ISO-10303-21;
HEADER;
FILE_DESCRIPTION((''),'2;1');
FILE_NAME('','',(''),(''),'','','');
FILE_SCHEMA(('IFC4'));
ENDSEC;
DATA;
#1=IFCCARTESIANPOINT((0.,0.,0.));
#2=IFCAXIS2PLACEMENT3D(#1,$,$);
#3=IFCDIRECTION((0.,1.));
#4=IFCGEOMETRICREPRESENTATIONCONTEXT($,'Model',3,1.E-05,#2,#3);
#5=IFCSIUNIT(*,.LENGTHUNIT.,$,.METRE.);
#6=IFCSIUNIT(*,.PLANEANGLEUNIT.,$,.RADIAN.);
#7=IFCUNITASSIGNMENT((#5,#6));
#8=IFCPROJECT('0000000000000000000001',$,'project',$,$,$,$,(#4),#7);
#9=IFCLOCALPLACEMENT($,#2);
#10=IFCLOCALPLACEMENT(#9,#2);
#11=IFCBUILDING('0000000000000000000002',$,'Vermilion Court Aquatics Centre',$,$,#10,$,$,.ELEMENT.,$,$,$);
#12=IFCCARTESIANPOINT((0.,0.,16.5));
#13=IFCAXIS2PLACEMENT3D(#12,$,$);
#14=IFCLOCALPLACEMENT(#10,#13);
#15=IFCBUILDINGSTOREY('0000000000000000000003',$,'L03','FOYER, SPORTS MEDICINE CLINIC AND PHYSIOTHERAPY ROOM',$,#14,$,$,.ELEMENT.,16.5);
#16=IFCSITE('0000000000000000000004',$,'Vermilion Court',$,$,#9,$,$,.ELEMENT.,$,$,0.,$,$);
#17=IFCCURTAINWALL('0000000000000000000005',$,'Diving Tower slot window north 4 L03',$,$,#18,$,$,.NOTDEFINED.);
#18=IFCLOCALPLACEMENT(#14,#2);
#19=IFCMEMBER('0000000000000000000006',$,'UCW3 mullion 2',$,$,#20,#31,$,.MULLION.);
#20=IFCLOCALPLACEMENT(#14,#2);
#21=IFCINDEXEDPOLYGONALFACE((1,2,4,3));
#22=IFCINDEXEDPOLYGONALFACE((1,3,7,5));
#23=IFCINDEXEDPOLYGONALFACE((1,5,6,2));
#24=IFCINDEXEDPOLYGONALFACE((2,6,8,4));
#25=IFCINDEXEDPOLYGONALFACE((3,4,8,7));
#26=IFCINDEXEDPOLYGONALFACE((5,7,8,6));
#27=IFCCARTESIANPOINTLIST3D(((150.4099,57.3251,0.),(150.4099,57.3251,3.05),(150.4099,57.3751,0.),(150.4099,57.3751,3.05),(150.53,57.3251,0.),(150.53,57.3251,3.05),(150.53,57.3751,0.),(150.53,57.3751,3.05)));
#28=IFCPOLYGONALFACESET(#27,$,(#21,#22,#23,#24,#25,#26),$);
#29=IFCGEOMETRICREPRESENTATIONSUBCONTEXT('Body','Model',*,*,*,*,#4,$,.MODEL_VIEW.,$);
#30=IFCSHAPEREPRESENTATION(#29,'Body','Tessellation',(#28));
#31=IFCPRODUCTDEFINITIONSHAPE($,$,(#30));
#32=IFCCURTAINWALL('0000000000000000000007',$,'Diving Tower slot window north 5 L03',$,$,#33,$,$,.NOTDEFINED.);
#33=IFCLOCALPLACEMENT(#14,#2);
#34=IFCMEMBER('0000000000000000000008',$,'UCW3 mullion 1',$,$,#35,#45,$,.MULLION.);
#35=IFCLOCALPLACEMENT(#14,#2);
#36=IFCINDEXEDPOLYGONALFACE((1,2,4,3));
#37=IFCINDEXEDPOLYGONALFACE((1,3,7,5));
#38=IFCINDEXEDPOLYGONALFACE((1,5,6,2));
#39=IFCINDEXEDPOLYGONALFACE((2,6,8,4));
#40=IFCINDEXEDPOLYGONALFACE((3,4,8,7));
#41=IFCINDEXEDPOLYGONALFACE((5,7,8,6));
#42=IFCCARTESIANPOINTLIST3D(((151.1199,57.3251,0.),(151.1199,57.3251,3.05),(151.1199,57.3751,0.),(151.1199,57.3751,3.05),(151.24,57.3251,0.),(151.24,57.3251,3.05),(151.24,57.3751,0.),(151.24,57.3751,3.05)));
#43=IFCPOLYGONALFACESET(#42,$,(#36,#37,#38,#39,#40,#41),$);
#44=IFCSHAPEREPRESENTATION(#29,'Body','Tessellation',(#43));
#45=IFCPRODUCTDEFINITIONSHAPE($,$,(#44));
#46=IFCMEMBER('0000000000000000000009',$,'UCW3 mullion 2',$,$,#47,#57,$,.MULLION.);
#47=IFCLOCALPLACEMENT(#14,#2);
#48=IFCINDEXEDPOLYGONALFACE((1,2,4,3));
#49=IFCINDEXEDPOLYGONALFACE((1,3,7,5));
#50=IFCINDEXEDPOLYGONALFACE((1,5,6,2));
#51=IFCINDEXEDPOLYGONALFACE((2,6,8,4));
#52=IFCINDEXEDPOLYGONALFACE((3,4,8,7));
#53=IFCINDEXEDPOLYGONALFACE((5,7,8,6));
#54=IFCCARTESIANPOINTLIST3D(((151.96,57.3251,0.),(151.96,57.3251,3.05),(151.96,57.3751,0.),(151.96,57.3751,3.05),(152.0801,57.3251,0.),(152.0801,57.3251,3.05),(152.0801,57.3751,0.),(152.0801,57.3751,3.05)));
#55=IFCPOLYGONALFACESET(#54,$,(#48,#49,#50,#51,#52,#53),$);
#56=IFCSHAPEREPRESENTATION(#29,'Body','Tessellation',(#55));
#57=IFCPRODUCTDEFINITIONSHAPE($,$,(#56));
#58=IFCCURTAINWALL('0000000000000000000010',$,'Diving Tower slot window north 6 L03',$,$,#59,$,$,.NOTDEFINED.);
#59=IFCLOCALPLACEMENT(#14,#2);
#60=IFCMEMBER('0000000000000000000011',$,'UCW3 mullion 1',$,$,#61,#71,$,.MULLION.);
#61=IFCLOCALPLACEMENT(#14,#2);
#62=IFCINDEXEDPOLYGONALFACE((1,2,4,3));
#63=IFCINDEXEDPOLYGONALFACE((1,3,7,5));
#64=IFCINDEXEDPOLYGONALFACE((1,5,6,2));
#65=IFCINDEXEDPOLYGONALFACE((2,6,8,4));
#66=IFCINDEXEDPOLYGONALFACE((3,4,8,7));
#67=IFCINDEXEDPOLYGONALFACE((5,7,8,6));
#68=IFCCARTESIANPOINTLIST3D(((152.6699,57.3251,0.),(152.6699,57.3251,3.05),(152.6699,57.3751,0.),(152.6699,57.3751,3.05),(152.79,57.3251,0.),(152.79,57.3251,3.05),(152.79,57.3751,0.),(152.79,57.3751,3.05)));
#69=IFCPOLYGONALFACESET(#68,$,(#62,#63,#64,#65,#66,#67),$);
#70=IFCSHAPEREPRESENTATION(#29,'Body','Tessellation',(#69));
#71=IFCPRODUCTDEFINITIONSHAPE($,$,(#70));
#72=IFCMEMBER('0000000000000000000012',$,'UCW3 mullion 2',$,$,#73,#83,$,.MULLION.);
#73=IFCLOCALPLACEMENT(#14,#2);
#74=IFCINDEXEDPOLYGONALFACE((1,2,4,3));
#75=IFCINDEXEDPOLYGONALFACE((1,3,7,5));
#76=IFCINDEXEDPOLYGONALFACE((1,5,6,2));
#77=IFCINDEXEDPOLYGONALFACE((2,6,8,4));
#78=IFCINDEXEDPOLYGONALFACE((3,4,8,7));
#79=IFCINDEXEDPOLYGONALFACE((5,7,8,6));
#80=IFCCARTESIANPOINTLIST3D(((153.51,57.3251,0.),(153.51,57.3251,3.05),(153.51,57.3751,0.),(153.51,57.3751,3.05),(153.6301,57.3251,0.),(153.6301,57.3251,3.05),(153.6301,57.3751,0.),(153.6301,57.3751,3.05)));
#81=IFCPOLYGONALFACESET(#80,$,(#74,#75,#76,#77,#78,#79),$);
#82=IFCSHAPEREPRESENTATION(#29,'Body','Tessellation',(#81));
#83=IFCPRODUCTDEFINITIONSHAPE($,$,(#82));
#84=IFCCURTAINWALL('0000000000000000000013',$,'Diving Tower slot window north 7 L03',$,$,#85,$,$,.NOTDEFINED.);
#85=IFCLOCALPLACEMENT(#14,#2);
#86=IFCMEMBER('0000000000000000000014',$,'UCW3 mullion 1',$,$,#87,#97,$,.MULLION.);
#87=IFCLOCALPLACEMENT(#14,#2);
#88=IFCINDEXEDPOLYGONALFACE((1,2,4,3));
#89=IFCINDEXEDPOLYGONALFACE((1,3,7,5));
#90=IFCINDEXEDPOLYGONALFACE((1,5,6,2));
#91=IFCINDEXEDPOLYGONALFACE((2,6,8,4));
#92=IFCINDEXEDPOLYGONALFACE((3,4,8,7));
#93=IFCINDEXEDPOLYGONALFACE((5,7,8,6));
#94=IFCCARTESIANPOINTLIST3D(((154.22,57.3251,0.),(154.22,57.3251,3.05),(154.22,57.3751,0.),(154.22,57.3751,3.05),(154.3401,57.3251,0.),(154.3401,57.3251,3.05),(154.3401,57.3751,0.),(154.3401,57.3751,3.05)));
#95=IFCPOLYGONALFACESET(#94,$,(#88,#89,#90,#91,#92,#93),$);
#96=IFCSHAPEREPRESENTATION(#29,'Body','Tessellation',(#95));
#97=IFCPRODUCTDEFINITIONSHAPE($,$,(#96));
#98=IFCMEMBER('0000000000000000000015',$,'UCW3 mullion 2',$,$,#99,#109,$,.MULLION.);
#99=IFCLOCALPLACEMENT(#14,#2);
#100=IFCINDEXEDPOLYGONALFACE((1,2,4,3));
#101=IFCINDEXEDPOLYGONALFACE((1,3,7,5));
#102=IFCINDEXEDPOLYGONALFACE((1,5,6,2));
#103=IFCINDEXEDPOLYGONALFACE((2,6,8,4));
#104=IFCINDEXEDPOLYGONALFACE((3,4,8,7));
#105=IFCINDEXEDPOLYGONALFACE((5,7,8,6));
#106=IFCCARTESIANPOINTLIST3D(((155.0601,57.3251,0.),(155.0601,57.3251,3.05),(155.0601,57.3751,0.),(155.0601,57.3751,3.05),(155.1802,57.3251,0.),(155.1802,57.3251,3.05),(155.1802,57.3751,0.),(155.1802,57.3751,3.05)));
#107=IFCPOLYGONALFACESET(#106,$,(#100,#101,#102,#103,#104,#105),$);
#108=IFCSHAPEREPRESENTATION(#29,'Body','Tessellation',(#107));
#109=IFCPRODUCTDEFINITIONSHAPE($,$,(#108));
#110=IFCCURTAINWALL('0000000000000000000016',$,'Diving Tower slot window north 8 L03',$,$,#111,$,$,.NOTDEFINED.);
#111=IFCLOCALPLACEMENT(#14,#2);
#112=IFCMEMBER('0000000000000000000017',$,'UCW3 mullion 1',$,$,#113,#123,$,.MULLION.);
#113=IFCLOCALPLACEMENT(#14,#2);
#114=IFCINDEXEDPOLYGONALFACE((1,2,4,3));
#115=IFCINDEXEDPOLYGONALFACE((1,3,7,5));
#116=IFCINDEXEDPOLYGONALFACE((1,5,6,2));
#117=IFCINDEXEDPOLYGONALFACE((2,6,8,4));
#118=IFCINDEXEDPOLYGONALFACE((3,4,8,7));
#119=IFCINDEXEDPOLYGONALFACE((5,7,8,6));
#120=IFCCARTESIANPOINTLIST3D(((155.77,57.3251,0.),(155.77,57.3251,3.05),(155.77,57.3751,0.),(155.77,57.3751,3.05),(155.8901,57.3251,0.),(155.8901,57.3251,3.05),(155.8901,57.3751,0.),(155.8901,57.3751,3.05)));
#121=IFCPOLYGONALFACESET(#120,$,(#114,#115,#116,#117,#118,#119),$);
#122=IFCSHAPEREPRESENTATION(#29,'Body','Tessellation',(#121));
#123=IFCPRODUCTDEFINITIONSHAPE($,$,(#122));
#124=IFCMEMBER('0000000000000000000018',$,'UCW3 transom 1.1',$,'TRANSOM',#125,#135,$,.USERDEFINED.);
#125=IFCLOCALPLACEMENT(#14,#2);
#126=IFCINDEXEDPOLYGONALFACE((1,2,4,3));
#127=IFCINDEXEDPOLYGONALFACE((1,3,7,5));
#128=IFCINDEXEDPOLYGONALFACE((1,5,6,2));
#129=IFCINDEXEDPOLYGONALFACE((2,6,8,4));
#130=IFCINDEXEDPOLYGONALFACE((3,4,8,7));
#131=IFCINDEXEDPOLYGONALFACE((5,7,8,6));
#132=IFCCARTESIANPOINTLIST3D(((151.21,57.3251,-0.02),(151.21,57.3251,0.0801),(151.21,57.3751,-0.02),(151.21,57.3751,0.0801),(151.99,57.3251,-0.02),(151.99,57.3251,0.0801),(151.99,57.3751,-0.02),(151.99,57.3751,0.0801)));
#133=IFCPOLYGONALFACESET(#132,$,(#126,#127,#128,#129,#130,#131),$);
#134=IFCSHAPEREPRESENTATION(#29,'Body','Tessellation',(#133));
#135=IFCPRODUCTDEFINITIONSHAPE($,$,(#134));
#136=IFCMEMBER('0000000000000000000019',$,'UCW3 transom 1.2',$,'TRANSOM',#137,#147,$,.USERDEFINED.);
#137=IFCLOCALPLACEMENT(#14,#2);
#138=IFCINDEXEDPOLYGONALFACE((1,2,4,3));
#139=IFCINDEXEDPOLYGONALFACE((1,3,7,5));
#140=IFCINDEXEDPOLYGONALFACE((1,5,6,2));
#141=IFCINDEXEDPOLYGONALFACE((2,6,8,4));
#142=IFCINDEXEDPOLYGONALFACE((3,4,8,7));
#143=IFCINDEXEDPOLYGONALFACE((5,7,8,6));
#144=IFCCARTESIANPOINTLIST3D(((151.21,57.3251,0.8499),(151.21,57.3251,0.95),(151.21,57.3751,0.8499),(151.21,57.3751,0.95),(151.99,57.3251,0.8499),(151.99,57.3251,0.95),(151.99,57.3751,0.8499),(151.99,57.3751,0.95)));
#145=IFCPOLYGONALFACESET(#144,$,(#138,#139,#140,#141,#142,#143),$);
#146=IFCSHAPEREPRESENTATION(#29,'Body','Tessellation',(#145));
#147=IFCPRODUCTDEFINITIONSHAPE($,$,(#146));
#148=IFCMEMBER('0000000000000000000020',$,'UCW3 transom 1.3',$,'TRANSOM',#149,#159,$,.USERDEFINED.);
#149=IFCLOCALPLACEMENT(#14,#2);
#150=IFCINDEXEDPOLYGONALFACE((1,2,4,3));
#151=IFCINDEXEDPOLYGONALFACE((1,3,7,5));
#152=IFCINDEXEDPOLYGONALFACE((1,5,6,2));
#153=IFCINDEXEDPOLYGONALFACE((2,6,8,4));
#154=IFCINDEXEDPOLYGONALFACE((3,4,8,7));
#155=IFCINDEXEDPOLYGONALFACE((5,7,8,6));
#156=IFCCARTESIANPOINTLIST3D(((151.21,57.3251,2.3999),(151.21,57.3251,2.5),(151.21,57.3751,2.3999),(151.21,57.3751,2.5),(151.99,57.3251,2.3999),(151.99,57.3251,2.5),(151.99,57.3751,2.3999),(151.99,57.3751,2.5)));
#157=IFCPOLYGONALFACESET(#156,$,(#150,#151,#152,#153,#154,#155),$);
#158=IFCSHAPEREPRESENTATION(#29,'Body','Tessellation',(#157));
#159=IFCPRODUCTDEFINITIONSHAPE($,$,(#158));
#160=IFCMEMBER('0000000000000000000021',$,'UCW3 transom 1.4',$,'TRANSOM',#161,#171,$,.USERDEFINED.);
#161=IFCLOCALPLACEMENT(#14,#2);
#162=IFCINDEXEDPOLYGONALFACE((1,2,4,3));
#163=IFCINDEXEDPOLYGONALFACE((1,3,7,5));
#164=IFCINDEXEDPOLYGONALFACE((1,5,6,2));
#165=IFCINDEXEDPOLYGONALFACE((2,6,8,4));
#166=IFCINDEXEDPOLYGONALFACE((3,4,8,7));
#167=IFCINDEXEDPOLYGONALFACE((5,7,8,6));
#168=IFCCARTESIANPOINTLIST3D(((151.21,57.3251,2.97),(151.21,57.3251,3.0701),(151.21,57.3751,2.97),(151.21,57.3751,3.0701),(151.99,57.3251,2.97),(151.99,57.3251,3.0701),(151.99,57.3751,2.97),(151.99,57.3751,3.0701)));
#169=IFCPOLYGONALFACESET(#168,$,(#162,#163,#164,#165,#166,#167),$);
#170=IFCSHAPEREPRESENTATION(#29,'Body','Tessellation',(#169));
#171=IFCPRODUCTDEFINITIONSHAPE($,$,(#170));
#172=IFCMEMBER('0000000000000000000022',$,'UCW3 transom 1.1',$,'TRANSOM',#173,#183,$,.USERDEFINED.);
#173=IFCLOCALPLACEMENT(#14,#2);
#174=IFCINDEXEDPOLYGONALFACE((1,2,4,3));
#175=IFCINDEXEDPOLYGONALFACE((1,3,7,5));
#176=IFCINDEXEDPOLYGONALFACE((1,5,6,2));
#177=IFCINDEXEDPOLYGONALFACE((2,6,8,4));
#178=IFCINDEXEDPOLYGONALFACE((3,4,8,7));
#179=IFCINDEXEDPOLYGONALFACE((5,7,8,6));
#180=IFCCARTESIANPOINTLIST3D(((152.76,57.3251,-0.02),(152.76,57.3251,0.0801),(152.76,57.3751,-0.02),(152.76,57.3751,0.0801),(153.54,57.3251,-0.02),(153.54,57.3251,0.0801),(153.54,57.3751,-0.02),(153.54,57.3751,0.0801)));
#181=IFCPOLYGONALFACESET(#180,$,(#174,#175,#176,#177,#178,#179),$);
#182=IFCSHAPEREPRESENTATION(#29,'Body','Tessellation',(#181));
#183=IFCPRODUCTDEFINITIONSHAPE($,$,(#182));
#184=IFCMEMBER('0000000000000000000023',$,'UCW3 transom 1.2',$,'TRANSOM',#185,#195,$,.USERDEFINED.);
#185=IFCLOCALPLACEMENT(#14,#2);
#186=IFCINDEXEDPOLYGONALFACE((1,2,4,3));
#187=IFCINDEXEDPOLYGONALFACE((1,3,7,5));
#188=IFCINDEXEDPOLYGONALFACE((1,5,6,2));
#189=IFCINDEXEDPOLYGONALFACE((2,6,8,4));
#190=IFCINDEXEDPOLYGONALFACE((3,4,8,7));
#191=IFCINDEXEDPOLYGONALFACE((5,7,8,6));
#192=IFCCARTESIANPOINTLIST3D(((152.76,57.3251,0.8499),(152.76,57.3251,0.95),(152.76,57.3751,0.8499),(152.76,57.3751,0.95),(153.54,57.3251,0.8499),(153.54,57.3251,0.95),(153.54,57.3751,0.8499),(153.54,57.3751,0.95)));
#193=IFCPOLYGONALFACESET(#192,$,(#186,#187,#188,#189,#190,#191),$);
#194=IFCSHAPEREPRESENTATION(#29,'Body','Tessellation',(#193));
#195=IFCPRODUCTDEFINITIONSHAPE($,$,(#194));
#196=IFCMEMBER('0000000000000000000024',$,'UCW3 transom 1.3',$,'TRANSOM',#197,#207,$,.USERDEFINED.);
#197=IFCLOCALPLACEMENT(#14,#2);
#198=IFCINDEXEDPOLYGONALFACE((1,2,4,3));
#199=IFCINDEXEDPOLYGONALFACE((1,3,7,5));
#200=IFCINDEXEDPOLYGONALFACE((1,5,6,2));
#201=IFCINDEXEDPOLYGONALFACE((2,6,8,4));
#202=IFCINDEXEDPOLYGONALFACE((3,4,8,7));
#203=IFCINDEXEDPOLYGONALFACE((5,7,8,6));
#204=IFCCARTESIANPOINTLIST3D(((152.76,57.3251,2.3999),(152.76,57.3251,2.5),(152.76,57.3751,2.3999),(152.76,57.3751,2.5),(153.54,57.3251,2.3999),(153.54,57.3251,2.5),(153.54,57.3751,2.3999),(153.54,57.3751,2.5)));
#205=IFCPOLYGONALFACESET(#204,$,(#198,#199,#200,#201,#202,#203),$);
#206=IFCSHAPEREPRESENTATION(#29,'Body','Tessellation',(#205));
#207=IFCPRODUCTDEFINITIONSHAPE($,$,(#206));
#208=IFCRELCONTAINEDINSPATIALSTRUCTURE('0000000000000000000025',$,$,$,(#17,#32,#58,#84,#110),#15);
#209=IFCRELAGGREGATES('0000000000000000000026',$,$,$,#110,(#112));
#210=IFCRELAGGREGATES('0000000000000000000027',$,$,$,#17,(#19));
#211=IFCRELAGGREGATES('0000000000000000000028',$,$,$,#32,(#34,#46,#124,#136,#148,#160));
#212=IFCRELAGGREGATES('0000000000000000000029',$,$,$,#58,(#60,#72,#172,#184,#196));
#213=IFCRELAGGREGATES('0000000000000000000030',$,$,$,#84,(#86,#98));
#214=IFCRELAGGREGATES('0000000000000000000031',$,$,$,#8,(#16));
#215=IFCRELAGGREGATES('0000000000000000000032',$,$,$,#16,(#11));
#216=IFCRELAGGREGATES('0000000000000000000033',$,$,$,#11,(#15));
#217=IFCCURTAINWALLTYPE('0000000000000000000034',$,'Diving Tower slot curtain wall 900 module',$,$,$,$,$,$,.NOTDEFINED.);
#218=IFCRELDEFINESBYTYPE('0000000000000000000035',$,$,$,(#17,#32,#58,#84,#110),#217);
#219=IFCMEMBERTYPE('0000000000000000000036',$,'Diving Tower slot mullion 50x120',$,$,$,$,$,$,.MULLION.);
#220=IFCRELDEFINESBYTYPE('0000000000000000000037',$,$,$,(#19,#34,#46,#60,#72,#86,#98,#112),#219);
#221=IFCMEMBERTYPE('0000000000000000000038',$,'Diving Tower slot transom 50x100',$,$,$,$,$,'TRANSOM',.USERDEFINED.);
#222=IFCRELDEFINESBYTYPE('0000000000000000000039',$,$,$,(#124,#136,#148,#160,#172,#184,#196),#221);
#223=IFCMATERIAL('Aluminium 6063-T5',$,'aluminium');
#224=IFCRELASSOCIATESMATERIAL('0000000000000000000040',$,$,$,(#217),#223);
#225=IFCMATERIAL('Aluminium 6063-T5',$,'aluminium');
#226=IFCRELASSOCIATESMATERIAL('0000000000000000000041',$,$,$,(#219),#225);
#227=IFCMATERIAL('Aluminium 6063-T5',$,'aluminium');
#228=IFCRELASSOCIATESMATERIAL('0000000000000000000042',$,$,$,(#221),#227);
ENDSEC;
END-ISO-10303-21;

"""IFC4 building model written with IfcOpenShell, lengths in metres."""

from ifc_helpers import new_model, si_unit, direction, frame, origin, origin_2d, place, context, subcontext, project, spatial, rectangle, extrude, material, material_profile, profile_set, type_object, element, aggregate, save


model = new_model("IFC4")

# Units and contexts
model_context = context("Model", 3, precision=1e-05, world=origin(), true_north=direction((0.0, 1.0)))
body_context = subcontext(model_context, "Body", "Model", "MODEL_VIEW")
ifc_project = project(units=[si_unit("LENGTHUNIT", "METRE"), si_unit("PLANEANGLEUNIT", "RADIAN")], contexts=[model_context])

# Site, building, storey
site_placement = place(None, origin())
site = spatial("IfcSite", under=ifc_project, at=site_placement, Name="Vermilion Court", CompositionType="ELEMENT", RefElevation=0.0)
building_placement = place(site_placement, origin())
building = spatial("IfcBuilding", under=site, at=building_placement, Name="Vermilion Court Aquatics Centre", CompositionType="ELEMENT")
storey_placement = place(building_placement, frame((0.0, 0.0, 16.5)))
storey = spatial("IfcBuildingStorey", under=building, at=storey_placement, Name="L03", Description="FOYER, SPORTS MEDICINE CLINIC AND PHYSIOTHERAPY ROOM", CompositionType="ELEMENT", Elevation=16.5)

# Curtain wall, member
ifc_material_1 = material(Name="Aluminium 6063-T5", Category="aluminium")
curtain_wall_type = type_object("IfcCurtainWallType", Name="Diving Tower slot curtain wall 900 module", PredefinedType="NOTDEFINED", material=ifc_material_1)
curtain_wall_1_placement = place(storey_placement, origin())
curtain_wall_1 = element("IfcCurtainWall", 1, at=curtain_wall_1_placement, inside=storey, type_object=curtain_wall_type, Name="Diving Tower slot window north 4 L03", PredefinedType="NOTDEFINED")
ifc_material_2 = material(Name="Aluminium 6063-T5", Category="aluminium")
ifc_material_profile_1 = material_profile(ifc_material_2, rectangle(XDim=0.05, YDim=0.1201, at=origin_2d()), Name="AL 50x120")
ifc_profile_set_1 = profile_set([ifc_material_profile_1], Name="Aluminium 6063-T5")
member_type_1 = type_object("IfcMemberType", Name="Diving Tower slot mullion 50x120", PredefinedType="MULLION", material=ifc_profile_set_1)
member_1_placement = place(storey_placement, frame((150.47, 57.3501, 0.0), z_axis=(0.0, 0.0, 1.0), x_axis=(0.0, 1.0, 0.0)))
member_1 = element("IfcMember", 2, at=member_1_placement, type_object=member_type_1, Name="UCW3 mullion 2", PredefinedType="MULLION", context=body_context, shape_type="SweptSolid", body=[
    extrude(rectangle(XDim=0.05, YDim=0.1201, at=origin_2d()), origin(), (0.0, 0.0, 1.0), 3.05),
])

# Curtain walls, members
curtain_wall_2_placement = place(storey_placement, origin())
curtain_wall_2 = element("IfcCurtainWall", 3, at=curtain_wall_2_placement, inside=storey, type_object=curtain_wall_type, Name="Diving Tower slot window north 5 L03", PredefinedType="NOTDEFINED")
member_2_placement = place(storey_placement, frame((151.1799, 57.3501, 0.0), z_axis=(0.0, 0.0, 1.0), x_axis=(0.0, 1.0, 0.0)))
member_2 = element("IfcMember", 4, at=member_2_placement, type_object=member_type_1, Name="UCW3 mullion 1", PredefinedType="MULLION", context=body_context, shape_type="SweptSolid", body=[
    extrude(rectangle(XDim=0.05, YDim=0.1201, at=origin_2d()), origin(), (0.0, 0.0, 1.0), 3.05),
])
member_3_placement = place(storey_placement, frame((152.02, 57.3501, 0.0), z_axis=(0.0, 0.0, 1.0), x_axis=(0.0, 1.0, 0.0)))
member_3 = element("IfcMember", 5, at=member_3_placement, type_object=member_type_1, Name="UCW3 mullion 2", PredefinedType="MULLION", context=body_context, shape_type="SweptSolid", body=[
    extrude(rectangle(XDim=0.05, YDim=0.1201, at=origin_2d()), origin(), (0.0, 0.0, 1.0), 3.05),
])
curtain_wall_3_placement = place(storey_placement, origin())
curtain_wall_3 = element("IfcCurtainWall", 6, at=curtain_wall_3_placement, inside=storey, type_object=curtain_wall_type, Name="Diving Tower slot window north 6 L03", PredefinedType="NOTDEFINED")
member_4_placement = place(storey_placement, frame((152.73, 57.3501, 0.0), z_axis=(0.0, 0.0, 1.0), x_axis=(0.0, 1.0, 0.0)))
member_4 = element("IfcMember", 7, at=member_4_placement, type_object=member_type_1, Name="UCW3 mullion 1", PredefinedType="MULLION", context=body_context, shape_type="SweptSolid", body=[
    extrude(rectangle(XDim=0.05, YDim=0.1201, at=origin_2d()), origin(), (0.0, 0.0, 1.0), 3.05),
])
member_5_placement = place(storey_placement, frame((153.5701, 57.3501, 0.0), z_axis=(0.0, 0.0, 1.0), x_axis=(0.0, 1.0, 0.0)))
member_5 = element("IfcMember", 8, at=member_5_placement, type_object=member_type_1, Name="UCW3 mullion 2", PredefinedType="MULLION", context=body_context, shape_type="SweptSolid", body=[
    extrude(rectangle(XDim=0.05, YDim=0.1201, at=origin_2d()), origin(), (0.0, 0.0, 1.0), 3.05),
])
curtain_wall_4_placement = place(storey_placement, origin())
curtain_wall_4 = element("IfcCurtainWall", 9, at=curtain_wall_4_placement, inside=storey, type_object=curtain_wall_type, Name="Diving Tower slot window north 7 L03", PredefinedType="NOTDEFINED")
member_6_placement = place(storey_placement, frame((154.28, 57.3501, 0.0), z_axis=(0.0, 0.0, 1.0), x_axis=(0.0, 1.0, 0.0)))
member_6 = element("IfcMember", 10, at=member_6_placement, type_object=member_type_1, Name="UCW3 mullion 1", PredefinedType="MULLION", context=body_context, shape_type="SweptSolid", body=[
    extrude(rectangle(XDim=0.05, YDim=0.1201, at=origin_2d()), origin(), (0.0, 0.0, 1.0), 3.05),
])
member_7_placement = place(storey_placement, frame((155.1201, 57.3501, 0.0), z_axis=(0.0, 0.0, 1.0), x_axis=(0.0, 1.0, 0.0)))
member_7 = element("IfcMember", 11, at=member_7_placement, type_object=member_type_1, Name="UCW3 mullion 2", PredefinedType="MULLION", context=body_context, shape_type="SweptSolid", body=[
    extrude(rectangle(XDim=0.05, YDim=0.1201, at=origin_2d()), origin(), (0.0, 0.0, 1.0), 3.05),
])

# Curtain wall, member
curtain_wall_5_placement = place(storey_placement, origin())
curtain_wall_5 = element("IfcCurtainWall", 12, at=curtain_wall_5_placement, inside=storey, type_object=curtain_wall_type, Name="Diving Tower slot window north 8 L03", PredefinedType="NOTDEFINED")
member_8_placement = place(storey_placement, frame((155.8301, 57.3501, 0.0), z_axis=(0.0, 0.0, 1.0), x_axis=(0.0, 1.0, 0.0)))
member_8 = element("IfcMember", 13, at=member_8_placement, type_object=member_type_1, Name="UCW3 mullion 1", PredefinedType="MULLION", context=body_context, shape_type="SweptSolid", body=[
    extrude(rectangle(XDim=0.05, YDim=0.1201, at=origin_2d()), origin(), (0.0, 0.0, 1.0), 3.05),
])

# Members
ifc_material_3 = material(Name="Aluminium 6063-T5", Category="aluminium")
ifc_material_profile_2 = material_profile(ifc_material_3, rectangle(XDim=0.05, YDim=0.1001, at=origin_2d()), Name="AL 50x100")
ifc_profile_set_2 = profile_set([ifc_material_profile_2], Name="Aluminium 6063-T5")
member_type_2 = type_object("IfcMemberType", Name="Diving Tower slot transom 50x100", ElementType="TRANSOM", PredefinedType="USERDEFINED", material=ifc_profile_set_2)
member_9_placement = place(storey_placement, frame((151.21, 57.3501, 0.03), z_axis=(1.0, 0.0, 0.0), x_axis=(0.0, 1.0, 0.0)))
member_9 = element("IfcMember", 14, at=member_9_placement, type_object=member_type_2, Name="UCW3 transom 1.1", ObjectType="TRANSOM", PredefinedType="USERDEFINED", context=body_context, shape_type="SweptSolid", body=[
    extrude(rectangle(XDim=0.05, YDim=0.1001, at=origin_2d()), origin(), (0.0, 0.0, 1.0), 0.78),
])
member_10_placement = place(storey_placement, frame((151.21, 57.3501, 0.8999), z_axis=(1.0, 0.0, 0.0), x_axis=(0.0, 1.0, 0.0)))
member_10 = element("IfcMember", 15, at=member_10_placement, type_object=member_type_2, Name="UCW3 transom 1.2", ObjectType="TRANSOM", PredefinedType="USERDEFINED", context=body_context, shape_type="SweptSolid", body=[
    extrude(rectangle(XDim=0.05, YDim=0.1001, at=origin_2d()), origin(), (0.0, 0.0, 1.0), 0.78),
])
member_11_placement = place(storey_placement, frame((151.21, 57.3501, 2.45), z_axis=(1.0, 0.0, 0.0), x_axis=(0.0, 1.0, 0.0)))
member_11 = element("IfcMember", 16, at=member_11_placement, type_object=member_type_2, Name="UCW3 transom 1.3", ObjectType="TRANSOM", PredefinedType="USERDEFINED", context=body_context, shape_type="SweptSolid", body=[
    extrude(rectangle(XDim=0.05, YDim=0.1001, at=origin_2d()), origin(), (0.0, 0.0, 1.0), 0.78),
])
member_12_placement = place(storey_placement, frame((151.21, 57.3501, 3.02), z_axis=(1.0, 0.0, 0.0), x_axis=(0.0, 1.0, 0.0)))
member_12 = element("IfcMember", 17, at=member_12_placement, type_object=member_type_2, Name="UCW3 transom 1.4", ObjectType="TRANSOM", PredefinedType="USERDEFINED", context=body_context, shape_type="SweptSolid", body=[
    extrude(rectangle(XDim=0.05, YDim=0.1001, at=origin_2d()), origin(), (0.0, 0.0, 1.0), 0.78),
])
member_13_placement = place(storey_placement, frame((152.76, 57.3501, 0.03), z_axis=(1.0, 0.0, 0.0), x_axis=(0.0, 1.0, 0.0)))
member_13 = element("IfcMember", 18, at=member_13_placement, type_object=member_type_2, Name="UCW3 transom 1.1", ObjectType="TRANSOM", PredefinedType="USERDEFINED", context=body_context, shape_type="SweptSolid", body=[
    extrude(rectangle(XDim=0.05, YDim=0.1001, at=origin_2d()), origin(), (0.0, 0.0, 1.0), 0.78),
])
member_14_placement = place(storey_placement, frame((152.76, 57.3501, 0.8999), z_axis=(1.0, 0.0, 0.0), x_axis=(0.0, 1.0, 0.0)))
member_14 = element("IfcMember", 19, at=member_14_placement, type_object=member_type_2, Name="UCW3 transom 1.2", ObjectType="TRANSOM", PredefinedType="USERDEFINED", context=body_context, shape_type="SweptSolid", body=[
    extrude(rectangle(XDim=0.05, YDim=0.1001, at=origin_2d()), origin(), (0.0, 0.0, 1.0), 0.78),
])
member_15_placement = place(storey_placement, frame((152.76, 57.3501, 2.45), z_axis=(1.0, 0.0, 0.0), x_axis=(0.0, 1.0, 0.0)))
member_15 = element("IfcMember", 20, at=member_15_placement, type_object=member_type_2, Name="UCW3 transom 1.3", ObjectType="TRANSOM", PredefinedType="USERDEFINED", context=body_context, shape_type="SweptSolid", body=[
    extrude(rectangle(XDim=0.05, YDim=0.1001, at=origin_2d()), origin(), (0.0, 0.0, 1.0), 0.78),
])
aggregate(curtain_wall_5, [member_8])

aggregate(curtain_wall_1, [member_1])
aggregate(curtain_wall_2, [member_2, member_3, member_9, member_10, member_11, member_12])
aggregate(curtain_wall_3, [member_4, member_5, member_13, member_14, member_15])
aggregate(curtain_wall_4, [member_6, member_7])

save(model, "model.ifc")
